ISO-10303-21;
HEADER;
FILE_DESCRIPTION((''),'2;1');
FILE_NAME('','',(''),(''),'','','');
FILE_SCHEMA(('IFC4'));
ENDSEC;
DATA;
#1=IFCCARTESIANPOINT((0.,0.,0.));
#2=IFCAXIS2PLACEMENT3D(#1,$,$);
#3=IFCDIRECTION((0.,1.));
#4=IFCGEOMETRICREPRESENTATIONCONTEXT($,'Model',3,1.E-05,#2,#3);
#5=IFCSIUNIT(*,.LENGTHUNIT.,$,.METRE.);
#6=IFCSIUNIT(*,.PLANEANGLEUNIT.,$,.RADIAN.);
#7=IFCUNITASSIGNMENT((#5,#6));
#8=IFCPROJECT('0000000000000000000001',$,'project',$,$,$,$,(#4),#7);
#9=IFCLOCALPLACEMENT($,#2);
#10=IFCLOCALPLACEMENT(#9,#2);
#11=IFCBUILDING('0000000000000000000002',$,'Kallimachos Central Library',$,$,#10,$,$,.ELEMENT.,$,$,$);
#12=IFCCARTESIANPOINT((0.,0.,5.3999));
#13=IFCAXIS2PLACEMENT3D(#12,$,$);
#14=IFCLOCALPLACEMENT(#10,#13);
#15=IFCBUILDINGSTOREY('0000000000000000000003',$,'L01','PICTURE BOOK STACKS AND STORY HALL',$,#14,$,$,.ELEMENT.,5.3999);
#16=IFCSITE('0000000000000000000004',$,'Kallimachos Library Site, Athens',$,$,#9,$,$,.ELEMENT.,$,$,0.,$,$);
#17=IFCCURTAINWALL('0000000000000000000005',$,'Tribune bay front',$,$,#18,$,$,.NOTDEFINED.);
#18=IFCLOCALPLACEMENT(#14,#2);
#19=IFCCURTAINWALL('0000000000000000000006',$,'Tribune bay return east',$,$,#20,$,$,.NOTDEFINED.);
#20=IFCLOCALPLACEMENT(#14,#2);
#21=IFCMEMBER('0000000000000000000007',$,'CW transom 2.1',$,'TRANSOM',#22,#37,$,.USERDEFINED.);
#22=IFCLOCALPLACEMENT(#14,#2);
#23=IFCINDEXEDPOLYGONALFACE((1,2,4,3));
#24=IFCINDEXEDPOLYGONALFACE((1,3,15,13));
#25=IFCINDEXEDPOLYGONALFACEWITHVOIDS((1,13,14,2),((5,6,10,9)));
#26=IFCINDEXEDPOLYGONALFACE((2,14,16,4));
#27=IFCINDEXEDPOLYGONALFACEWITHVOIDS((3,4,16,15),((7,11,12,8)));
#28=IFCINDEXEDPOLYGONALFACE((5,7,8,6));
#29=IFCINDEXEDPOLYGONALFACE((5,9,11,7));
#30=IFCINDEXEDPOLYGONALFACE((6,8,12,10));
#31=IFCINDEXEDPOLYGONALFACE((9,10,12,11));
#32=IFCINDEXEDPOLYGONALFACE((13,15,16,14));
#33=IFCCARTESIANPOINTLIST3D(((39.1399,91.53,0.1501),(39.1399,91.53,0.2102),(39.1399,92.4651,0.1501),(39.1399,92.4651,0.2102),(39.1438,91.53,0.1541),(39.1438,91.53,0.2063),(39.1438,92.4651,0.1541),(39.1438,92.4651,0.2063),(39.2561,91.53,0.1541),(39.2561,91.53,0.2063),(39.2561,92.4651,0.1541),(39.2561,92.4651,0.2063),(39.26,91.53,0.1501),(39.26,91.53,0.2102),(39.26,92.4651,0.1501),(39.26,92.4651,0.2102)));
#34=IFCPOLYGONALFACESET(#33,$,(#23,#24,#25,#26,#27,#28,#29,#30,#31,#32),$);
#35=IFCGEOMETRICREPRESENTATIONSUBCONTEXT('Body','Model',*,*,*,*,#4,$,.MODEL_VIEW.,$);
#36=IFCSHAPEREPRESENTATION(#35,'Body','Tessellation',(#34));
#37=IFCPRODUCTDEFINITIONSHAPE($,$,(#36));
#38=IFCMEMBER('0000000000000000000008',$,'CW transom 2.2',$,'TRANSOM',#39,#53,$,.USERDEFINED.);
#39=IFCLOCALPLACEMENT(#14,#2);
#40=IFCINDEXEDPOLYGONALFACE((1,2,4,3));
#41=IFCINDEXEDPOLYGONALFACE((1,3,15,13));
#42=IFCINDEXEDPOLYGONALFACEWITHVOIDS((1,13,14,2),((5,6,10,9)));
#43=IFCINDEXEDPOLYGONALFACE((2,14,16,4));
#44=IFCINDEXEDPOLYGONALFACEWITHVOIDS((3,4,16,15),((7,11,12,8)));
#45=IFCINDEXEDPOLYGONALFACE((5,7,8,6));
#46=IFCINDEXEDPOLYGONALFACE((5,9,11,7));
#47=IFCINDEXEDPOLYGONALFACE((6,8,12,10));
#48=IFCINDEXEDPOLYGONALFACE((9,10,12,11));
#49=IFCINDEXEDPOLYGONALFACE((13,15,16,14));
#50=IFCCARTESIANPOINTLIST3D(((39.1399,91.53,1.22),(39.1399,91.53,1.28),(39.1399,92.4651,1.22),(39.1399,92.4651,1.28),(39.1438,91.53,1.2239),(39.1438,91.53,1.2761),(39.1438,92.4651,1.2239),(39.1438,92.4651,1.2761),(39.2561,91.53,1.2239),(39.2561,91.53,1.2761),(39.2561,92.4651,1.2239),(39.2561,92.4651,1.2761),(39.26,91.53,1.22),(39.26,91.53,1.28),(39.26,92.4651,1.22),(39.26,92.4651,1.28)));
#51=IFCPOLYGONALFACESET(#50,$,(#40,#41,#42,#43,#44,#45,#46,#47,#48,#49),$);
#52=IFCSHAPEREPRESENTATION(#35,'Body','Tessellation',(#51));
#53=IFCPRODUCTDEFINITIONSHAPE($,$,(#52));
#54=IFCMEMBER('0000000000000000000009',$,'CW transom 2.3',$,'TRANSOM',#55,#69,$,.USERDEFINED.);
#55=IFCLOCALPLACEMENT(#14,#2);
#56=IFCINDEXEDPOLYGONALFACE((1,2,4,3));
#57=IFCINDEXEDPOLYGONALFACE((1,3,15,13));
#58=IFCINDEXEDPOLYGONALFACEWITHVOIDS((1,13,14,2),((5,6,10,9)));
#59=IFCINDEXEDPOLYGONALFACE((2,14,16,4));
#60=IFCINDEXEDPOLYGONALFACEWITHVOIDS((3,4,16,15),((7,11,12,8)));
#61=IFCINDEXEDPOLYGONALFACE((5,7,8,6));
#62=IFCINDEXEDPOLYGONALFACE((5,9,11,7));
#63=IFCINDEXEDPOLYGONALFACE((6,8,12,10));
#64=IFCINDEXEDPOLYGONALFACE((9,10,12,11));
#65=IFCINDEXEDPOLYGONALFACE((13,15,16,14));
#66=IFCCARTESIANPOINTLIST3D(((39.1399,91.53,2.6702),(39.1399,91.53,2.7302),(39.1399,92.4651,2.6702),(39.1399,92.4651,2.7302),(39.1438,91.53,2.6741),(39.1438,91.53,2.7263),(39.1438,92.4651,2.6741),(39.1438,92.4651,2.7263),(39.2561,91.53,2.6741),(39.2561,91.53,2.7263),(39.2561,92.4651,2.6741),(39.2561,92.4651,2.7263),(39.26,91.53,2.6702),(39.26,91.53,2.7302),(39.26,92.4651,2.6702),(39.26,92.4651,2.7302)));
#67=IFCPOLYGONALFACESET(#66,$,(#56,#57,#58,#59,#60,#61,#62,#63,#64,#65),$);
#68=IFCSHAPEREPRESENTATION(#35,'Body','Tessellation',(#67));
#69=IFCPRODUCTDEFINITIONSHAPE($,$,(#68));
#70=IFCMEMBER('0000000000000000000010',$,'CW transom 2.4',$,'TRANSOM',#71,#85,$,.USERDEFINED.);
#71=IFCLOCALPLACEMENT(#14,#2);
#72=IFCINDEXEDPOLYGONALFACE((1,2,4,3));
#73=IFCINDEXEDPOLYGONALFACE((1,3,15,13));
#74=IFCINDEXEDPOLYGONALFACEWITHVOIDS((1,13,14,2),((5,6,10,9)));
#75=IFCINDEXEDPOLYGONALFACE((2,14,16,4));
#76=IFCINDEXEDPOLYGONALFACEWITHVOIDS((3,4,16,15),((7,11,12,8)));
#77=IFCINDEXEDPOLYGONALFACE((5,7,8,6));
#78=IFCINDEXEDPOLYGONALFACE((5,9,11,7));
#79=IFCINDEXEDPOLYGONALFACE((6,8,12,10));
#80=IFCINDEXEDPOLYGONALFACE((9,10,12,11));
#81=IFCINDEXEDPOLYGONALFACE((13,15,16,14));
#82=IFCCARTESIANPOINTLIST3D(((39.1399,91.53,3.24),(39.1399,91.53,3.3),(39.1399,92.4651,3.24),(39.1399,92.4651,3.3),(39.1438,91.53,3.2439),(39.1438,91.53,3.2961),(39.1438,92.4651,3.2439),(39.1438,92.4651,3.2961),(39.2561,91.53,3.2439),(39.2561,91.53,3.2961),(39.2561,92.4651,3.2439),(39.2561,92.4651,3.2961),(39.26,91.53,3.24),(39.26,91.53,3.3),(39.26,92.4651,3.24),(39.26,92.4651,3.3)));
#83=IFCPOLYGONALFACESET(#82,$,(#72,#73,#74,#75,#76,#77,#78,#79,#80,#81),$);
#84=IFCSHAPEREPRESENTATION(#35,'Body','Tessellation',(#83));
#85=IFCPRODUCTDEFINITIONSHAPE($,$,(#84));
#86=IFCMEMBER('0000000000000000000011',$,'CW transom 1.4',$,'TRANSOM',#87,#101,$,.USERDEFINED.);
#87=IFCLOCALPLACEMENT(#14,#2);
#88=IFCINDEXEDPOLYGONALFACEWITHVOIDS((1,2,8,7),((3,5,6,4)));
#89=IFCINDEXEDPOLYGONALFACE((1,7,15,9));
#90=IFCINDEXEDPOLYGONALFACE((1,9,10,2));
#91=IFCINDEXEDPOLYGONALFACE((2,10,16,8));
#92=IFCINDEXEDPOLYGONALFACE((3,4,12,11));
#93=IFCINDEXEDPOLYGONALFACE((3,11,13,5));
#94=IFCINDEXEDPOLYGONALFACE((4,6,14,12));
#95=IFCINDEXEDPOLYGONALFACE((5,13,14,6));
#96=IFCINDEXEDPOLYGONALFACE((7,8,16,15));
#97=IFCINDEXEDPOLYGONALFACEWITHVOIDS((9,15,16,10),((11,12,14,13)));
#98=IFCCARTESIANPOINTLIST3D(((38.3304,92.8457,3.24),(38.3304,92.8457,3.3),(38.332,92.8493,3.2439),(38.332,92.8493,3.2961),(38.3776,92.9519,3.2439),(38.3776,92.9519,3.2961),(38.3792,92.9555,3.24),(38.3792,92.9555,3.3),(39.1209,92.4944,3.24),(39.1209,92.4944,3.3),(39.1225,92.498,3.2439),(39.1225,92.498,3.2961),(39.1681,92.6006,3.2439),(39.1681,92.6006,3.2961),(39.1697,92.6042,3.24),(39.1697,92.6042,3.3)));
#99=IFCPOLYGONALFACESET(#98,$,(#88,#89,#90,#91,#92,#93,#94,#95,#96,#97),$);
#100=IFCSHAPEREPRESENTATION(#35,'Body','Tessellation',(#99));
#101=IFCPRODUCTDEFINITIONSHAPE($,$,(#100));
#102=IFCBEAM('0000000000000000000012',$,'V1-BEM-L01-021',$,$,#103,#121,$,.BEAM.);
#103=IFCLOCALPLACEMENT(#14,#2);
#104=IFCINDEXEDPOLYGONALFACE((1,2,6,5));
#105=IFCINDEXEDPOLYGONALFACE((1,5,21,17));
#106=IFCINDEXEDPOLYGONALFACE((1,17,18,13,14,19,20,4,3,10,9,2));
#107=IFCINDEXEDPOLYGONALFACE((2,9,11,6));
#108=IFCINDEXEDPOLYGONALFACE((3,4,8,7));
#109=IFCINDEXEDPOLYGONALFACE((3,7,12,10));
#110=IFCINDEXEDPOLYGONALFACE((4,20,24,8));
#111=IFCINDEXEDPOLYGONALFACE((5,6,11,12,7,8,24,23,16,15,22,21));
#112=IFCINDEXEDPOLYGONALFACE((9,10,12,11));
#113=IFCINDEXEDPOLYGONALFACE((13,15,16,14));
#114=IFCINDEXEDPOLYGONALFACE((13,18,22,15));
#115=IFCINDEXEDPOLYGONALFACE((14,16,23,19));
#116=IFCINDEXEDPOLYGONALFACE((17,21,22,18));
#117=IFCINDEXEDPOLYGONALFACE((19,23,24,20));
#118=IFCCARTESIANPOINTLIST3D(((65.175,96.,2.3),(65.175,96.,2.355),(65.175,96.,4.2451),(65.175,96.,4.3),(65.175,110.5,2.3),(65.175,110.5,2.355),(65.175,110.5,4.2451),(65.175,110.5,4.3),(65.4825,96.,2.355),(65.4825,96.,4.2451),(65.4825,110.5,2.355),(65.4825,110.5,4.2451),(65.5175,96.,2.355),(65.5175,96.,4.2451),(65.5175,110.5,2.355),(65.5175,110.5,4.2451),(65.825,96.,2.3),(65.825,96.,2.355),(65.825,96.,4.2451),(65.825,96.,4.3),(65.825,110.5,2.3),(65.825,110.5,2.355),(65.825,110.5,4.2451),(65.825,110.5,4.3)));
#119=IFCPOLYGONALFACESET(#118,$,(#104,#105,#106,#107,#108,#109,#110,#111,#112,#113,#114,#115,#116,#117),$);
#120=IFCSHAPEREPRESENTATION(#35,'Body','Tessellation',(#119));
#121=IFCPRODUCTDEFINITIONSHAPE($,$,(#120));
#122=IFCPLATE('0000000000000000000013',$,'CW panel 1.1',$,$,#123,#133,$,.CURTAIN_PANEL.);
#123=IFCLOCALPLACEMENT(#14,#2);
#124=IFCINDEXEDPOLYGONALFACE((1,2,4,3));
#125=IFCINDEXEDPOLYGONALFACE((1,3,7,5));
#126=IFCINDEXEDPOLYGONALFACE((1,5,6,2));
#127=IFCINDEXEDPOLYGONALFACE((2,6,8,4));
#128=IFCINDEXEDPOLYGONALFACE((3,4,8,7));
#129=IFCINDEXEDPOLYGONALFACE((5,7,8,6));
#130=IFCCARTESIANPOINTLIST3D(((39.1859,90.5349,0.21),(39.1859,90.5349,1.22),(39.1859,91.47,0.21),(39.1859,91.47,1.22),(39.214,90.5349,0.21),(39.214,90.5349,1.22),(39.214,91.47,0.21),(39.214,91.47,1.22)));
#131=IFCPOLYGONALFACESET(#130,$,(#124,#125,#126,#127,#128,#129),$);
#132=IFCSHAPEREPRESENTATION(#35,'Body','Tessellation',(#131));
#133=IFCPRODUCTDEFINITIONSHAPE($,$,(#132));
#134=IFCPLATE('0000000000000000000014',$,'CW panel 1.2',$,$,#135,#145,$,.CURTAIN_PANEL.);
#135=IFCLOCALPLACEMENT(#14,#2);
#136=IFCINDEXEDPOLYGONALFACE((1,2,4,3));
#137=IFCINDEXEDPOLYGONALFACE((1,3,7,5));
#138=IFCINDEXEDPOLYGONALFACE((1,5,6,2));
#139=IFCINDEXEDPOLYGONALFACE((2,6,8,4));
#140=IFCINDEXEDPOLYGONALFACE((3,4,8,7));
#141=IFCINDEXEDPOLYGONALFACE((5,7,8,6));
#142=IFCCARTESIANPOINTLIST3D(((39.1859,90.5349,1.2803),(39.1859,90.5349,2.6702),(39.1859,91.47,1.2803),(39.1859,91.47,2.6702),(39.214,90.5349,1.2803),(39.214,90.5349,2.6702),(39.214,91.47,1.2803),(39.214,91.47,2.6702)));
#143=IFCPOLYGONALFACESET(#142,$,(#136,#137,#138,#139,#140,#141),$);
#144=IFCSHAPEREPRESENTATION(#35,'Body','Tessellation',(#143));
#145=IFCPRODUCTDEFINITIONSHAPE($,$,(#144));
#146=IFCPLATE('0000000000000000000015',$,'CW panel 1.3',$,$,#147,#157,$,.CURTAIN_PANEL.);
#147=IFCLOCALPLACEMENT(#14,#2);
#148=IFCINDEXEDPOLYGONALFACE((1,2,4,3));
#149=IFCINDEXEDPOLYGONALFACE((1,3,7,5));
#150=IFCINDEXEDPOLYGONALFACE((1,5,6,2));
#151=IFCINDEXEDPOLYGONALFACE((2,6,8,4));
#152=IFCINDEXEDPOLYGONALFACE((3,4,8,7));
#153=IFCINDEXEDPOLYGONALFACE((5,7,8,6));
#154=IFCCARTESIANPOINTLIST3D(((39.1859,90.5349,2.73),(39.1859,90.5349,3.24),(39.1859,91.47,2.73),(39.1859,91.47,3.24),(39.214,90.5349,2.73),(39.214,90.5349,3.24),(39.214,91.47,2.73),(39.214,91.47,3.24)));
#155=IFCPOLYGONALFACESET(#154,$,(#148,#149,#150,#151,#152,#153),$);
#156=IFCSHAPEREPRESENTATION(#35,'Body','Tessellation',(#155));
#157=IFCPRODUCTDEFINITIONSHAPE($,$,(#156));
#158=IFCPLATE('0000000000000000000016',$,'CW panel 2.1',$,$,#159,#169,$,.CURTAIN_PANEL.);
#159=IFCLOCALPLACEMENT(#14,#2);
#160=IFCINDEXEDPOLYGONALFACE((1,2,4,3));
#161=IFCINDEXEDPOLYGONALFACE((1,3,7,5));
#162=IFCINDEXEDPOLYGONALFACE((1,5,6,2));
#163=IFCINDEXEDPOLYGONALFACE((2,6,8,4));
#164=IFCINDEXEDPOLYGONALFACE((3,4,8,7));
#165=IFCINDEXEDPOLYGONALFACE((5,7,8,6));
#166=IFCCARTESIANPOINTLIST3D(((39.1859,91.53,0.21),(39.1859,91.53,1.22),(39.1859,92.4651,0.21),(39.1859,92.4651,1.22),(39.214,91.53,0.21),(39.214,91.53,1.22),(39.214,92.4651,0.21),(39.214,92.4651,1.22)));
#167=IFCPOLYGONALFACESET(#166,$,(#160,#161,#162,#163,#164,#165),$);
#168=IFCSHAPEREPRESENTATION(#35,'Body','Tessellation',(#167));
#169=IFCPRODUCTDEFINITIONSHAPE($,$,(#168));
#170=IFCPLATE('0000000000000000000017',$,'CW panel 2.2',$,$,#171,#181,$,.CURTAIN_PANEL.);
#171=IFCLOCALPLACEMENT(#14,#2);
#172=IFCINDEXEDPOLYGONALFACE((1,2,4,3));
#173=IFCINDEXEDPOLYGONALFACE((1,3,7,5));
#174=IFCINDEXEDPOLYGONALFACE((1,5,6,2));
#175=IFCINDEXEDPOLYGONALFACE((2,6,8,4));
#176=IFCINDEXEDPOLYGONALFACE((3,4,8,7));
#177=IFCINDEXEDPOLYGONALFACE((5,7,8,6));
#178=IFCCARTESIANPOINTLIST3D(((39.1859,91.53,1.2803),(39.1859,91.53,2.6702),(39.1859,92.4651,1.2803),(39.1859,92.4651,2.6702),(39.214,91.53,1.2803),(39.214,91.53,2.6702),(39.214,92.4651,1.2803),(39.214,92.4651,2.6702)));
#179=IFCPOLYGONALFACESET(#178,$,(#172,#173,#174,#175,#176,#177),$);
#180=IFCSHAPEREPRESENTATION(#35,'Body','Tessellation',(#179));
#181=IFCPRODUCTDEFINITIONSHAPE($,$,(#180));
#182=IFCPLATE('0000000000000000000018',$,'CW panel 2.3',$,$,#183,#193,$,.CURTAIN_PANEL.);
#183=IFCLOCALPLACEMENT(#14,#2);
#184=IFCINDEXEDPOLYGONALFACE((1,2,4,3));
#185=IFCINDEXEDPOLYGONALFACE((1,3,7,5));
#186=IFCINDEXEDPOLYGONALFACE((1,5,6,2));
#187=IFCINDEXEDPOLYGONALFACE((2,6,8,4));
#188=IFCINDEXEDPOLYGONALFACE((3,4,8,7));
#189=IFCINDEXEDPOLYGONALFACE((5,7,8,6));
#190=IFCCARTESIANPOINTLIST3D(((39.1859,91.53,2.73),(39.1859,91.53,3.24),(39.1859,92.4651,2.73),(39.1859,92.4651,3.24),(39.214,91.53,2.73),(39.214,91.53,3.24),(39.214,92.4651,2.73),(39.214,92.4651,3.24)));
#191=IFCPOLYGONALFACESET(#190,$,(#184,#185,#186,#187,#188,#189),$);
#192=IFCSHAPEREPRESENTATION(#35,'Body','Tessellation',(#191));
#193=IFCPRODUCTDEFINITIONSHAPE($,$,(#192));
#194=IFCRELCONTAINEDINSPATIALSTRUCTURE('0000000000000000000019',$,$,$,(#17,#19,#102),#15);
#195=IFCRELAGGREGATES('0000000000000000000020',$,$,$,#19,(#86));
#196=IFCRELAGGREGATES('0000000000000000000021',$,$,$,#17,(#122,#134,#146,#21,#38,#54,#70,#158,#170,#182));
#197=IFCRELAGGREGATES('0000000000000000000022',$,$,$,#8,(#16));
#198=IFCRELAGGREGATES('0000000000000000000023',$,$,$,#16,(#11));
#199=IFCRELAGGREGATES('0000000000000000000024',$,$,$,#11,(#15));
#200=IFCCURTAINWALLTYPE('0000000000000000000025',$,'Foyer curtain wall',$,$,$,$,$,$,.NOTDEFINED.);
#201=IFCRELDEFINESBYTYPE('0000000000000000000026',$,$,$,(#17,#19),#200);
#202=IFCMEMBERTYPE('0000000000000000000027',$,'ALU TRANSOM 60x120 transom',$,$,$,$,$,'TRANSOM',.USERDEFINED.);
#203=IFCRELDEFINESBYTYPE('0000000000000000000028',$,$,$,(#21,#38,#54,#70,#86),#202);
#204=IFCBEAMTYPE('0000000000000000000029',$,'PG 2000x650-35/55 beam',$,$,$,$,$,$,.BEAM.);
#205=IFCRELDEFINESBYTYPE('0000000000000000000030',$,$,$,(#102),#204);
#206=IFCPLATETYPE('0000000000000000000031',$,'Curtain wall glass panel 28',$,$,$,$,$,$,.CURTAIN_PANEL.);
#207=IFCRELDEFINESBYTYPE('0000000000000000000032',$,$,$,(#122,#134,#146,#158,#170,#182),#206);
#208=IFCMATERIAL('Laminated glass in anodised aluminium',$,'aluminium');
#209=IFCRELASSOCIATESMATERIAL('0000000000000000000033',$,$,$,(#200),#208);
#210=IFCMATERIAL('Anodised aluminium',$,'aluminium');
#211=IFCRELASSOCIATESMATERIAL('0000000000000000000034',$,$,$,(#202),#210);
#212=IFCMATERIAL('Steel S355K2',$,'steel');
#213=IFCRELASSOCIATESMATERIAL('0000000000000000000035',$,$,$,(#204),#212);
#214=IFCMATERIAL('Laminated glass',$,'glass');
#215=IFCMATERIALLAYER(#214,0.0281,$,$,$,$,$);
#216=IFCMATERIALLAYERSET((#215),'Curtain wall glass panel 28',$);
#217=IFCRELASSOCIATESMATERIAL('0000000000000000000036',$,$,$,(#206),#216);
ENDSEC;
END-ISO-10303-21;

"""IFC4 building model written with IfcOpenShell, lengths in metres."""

from ifc_helpers import new_model, si_unit, direction, frame, origin, origin_2d, place, context, subcontext, project, spatial, rectangle, hollow_rectangle, i_section, extrude, material, layer, layer_set, material_profile, profile_set, type_object, element, aggregate, save


model = new_model("IFC4")

# Units and contexts
model_context = context("Model", 3, precision=1e-05, world=origin(), true_north=direction((0.0, 1.0)))
body_context = subcontext(model_context, "Body", "Model", "MODEL_VIEW")
ifc_project = project(units=[si_unit("LENGTHUNIT", "METRE"), si_unit("PLANEANGLEUNIT", "RADIAN")], contexts=[model_context])

# Site, building, storey
site_placement = place(None, origin())
site = spatial("IfcSite", under=ifc_project, at=site_placement, Name="Kallimachos Library Site, Athens", CompositionType="ELEMENT", RefElevation=0.0)
building_placement = place(site_placement, origin())
building = spatial("IfcBuilding", under=site, at=building_placement, Name="Kallimachos Central Library", CompositionType="ELEMENT")
storey_placement = place(building_placement, frame((0.0, 0.0, 5.3999)))
storey = spatial("IfcBuildingStorey", under=building, at=storey_placement, Name="L01", Description="PICTURE BOOK STACKS AND STORY HALL", CompositionType="ELEMENT", Elevation=5.3999)

# Curtain wall
ifc_material_1 = material(Name="Laminated glass in anodised aluminium", Category="aluminium")
curtain_wall_type = type_object("IfcCurtainWallType", Name="Foyer curtain wall", PredefinedType="NOTDEFINED", material=ifc_material_1)
curtain_wall_1_placement = place(storey_placement, origin())
curtain_wall_1 = element("IfcCurtainWall", 1, at=curtain_wall_1_placement, inside=storey, type_object=curtain_wall_type, Name="Tribune bay front", PredefinedType="NOTDEFINED")

# Curtain wall
curtain_wall_2_placement = place(storey_placement, origin())
curtain_wall_2 = element("IfcCurtainWall", 2, at=curtain_wall_2_placement, inside=storey, type_object=curtain_wall_type, Name="Tribune bay return east", PredefinedType="NOTDEFINED")

# Members
ifc_material_2 = material(Name="Anodised aluminium", Category="aluminium")
ifc_material_profile_1 = material_profile(ifc_material_2, hollow_rectangle(XDim=0.0601, YDim=0.1201, WallThickness=0.0039, at=origin_2d()), Name="ALU TRANSOM 60x120")
ifc_profile_set_1 = profile_set([ifc_material_profile_1], Name="Anodised aluminium")
member_type_1 = type_object("IfcMemberType", Name="ALU TRANSOM 60x120 transom", ElementType="TRANSOM", PredefinedType="USERDEFINED", material=ifc_profile_set_1)
member_1_placement = place(storey_placement, frame((39.2, 91.53, 0.1802), z_axis=(0.0, 1.0, 0.0), x_axis=(0.0, 0.0, 1.0)))
member_1 = element("IfcMember", 3, at=member_1_placement, type_object=member_type_1, Name="CW transom 2.1", ObjectType="TRANSOM", PredefinedType="USERDEFINED", context=body_context, shape_type="SweptSolid", body=[
    extrude(hollow_rectangle(XDim=0.0601, YDim=0.1201, WallThickness=0.0039, at=origin_2d()), origin(), (0.0, 0.0, 1.0), 0.9351),
])
member_2_placement = place(storey_placement, frame((39.2, 91.53, 1.25), z_axis=(0.0, 1.0, 0.0), x_axis=(0.0, 0.0, 1.0)))
member_2 = element("IfcMember", 4, at=member_2_placement, type_object=member_type_1, Name="CW transom 2.2", ObjectType="TRANSOM", PredefinedType="USERDEFINED", context=body_context, shape_type="SweptSolid", body=[
    extrude(hollow_rectangle(XDim=0.0601, YDim=0.1201, WallThickness=0.0039, at=origin_2d()), origin(), (0.0, 0.0, 1.0), 0.9351),
])
member_3_placement = place(storey_placement, frame((39.2, 91.53, 2.7002), z_axis=(0.0, 1.0, 0.0), x_axis=(0.0, 0.0, 1.0)))
member_3 = element("IfcMember", 5, at=member_3_placement, type_object=member_type_1, Name="CW transom 2.3", ObjectType="TRANSOM", PredefinedType="USERDEFINED", context=body_context, shape_type="SweptSolid", body=[
    extrude(hollow_rectangle(XDim=0.0601, YDim=0.1201, WallThickness=0.0039, at=origin_2d()), origin(), (0.0, 0.0, 1.0), 0.9351),
])
member_4_placement = place(storey_placement, frame((39.2, 91.53, 3.27), z_axis=(0.0, 1.0, 0.0), x_axis=(0.0, 0.0, 1.0)))
member_4 = element("IfcMember", 6, at=member_4_placement, type_object=member_type_1, Name="CW transom 2.4", ObjectType="TRANSOM", PredefinedType="USERDEFINED", context=body_context, shape_type="SweptSolid", body=[
    extrude(hollow_rectangle(XDim=0.0601, YDim=0.1201, WallThickness=0.0039, at=origin_2d()), origin(), (0.0, 0.0, 1.0), 0.9351),
])
member_5_placement = place(storey_placement, frame((39.1453, 92.5493, 3.27), z_axis=(-0.913823, 0.406112, 0.0), x_axis=(0.0, 0.0, 1.0)))
member_5 = element("IfcMember", 7, at=member_5_placement, type_object=member_type_1, Name="CW transom 1.4", ObjectType="TRANSOM", PredefinedType="USERDEFINED", context=body_context, shape_type="SweptSolid", body=[
    extrude(hollow_rectangle(XDim=0.0601, YDim=0.1201, WallThickness=0.0039, at=origin_2d()), origin(), (0.0, 0.0, 1.0), 0.865),
])
aggregate(curtain_wall_2, [member_5])

# Beam
ifc_material_3 = material(Name="Steel S355K2", Category="steel")
ifc_material_profile_2 = material_profile(ifc_material_3, i_section(OverallWidth=0.6499, OverallDepth=2.0, WebThickness=0.0349, FlangeThickness=0.0549, at=origin_2d()), Name="PG 2000x650-35/55")
ifc_profile_set_2 = profile_set([ifc_material_profile_2], Name="Steel S355K2")
beam_type = type_object("IfcBeamType", Name="PG 2000x650-35/55 beam", PredefinedType="BEAM", material=ifc_profile_set_2)
beam_placement = place(storey_placement, frame((65.5, 96.0, 3.3), z_axis=(0.0, 1.0, 0.0), x_axis=(-1.0, 0.0, 0.0)))
element("IfcBeam", 8, at=beam_placement, inside=storey, type_object=beam_type, Name="V1-BEM-L01-021", PredefinedType="BEAM", context=body_context, shape_type="SweptSolid", body=[
    extrude(i_section(OverallWidth=0.6499, OverallDepth=2.0, WebThickness=0.0349, FlangeThickness=0.0549, at=origin_2d()), origin(), (0.0, 0.0, 1.0), 14.5),
])

# Plates
ifc_material_4 = material(Name="Laminated glass", Category="glass")
ifc_layer = layer(ifc_material_4, 0.0281)
ifc_layer_set = layer_set([ifc_layer], Name="Curtain wall glass panel 28")
plate_type = type_object("IfcPlateType", Name="Curtain wall glass panel 28", PredefinedType="CURTAIN_PANEL", material=ifc_layer_set)
plate_1_placement = place(storey_placement, frame((39.2, 91.0024, 0.21), z_axis=(0.0, 0.0, 1.0), x_axis=(0.0, 1.0, 0.0)))
plate_1 = element("IfcPlate", 9, at=plate_1_placement, type_object=plate_type, Name="CW panel 1.1", PredefinedType="CURTAIN_PANEL", context=body_context, shape_type="SweptSolid", body=[
    extrude(rectangle(XDim=0.9351, YDim=0.0281, at=origin_2d()), origin(), (0.0, 0.0, 1.0), 1.01),
])
plate_2_placement = place(storey_placement, frame((39.2, 91.0024, 1.2803), z_axis=(0.0, 0.0, 1.0), x_axis=(0.0, 1.0, 0.0)))
plate_2 = element("IfcPlate", 10, at=plate_2_placement, type_object=plate_type, Name="CW panel 1.2", PredefinedType="CURTAIN_PANEL", context=body_context, shape_type="SweptSolid", body=[
    extrude(rectangle(XDim=0.9351, YDim=0.0281, at=origin_2d()), origin(), (0.0, 0.0, 1.0), 1.3899),
])
plate_3_placement = place(storey_placement, frame((39.2, 91.0024, 2.73), z_axis=(0.0, 0.0, 1.0), x_axis=(0.0, 1.0, 0.0)))
plate_3 = element("IfcPlate", 11, at=plate_3_placement, type_object=plate_type, Name="CW panel 1.3", PredefinedType="CURTAIN_PANEL", context=body_context, shape_type="SweptSolid", body=[
    extrude(rectangle(XDim=0.9351, YDim=0.0281, at=origin_2d()), origin(), (0.0, 0.0, 1.0), 0.51),
])
plate_4_placement = place(storey_placement, frame((39.2, 91.9976, 0.21), z_axis=(0.0, 0.0, 1.0), x_axis=(0.0, 1.0, 0.0)))
plate_4 = element("IfcPlate", 12, at=plate_4_placement, type_object=plate_type, Name="CW panel 2.1", PredefinedType="CURTAIN_PANEL", context=body_context, shape_type="SweptSolid", body=[
    extrude(rectangle(XDim=0.9351, YDim=0.0281, at=origin_2d()), origin(), (0.0, 0.0, 1.0), 1.01),
])
plate_5_placement = place(storey_placement, frame((39.2, 91.9976, 1.2803), z_axis=(0.0, 0.0, 1.0), x_axis=(0.0, 1.0, 0.0)))
plate_5 = element("IfcPlate", 13, at=plate_5_placement, type_object=plate_type, Name="CW panel 2.2", PredefinedType="CURTAIN_PANEL", context=body_context, shape_type="SweptSolid", body=[
    extrude(rectangle(XDim=0.9351, YDim=0.0281, at=origin_2d()), origin(), (0.0, 0.0, 1.0), 1.3899),
])
plate_6_placement = place(storey_placement, frame((39.2, 91.9976, 2.73), z_axis=(0.0, 0.0, 1.0), x_axis=(0.0, 1.0, 0.0)))
plate_6 = element("IfcPlate", 14, at=plate_6_placement, type_object=plate_type, Name="CW panel 2.3", PredefinedType="CURTAIN_PANEL", context=body_context, shape_type="SweptSolid", body=[
    extrude(rectangle(XDim=0.9351, YDim=0.0281, at=origin_2d()), origin(), (0.0, 0.0, 1.0), 0.51),
])
aggregate(curtain_wall_1, [plate_1, plate_2, plate_3, member_1, member_2, member_3, member_4, plate_4, plate_5, plate_6])

save(model, "model.ifc")
